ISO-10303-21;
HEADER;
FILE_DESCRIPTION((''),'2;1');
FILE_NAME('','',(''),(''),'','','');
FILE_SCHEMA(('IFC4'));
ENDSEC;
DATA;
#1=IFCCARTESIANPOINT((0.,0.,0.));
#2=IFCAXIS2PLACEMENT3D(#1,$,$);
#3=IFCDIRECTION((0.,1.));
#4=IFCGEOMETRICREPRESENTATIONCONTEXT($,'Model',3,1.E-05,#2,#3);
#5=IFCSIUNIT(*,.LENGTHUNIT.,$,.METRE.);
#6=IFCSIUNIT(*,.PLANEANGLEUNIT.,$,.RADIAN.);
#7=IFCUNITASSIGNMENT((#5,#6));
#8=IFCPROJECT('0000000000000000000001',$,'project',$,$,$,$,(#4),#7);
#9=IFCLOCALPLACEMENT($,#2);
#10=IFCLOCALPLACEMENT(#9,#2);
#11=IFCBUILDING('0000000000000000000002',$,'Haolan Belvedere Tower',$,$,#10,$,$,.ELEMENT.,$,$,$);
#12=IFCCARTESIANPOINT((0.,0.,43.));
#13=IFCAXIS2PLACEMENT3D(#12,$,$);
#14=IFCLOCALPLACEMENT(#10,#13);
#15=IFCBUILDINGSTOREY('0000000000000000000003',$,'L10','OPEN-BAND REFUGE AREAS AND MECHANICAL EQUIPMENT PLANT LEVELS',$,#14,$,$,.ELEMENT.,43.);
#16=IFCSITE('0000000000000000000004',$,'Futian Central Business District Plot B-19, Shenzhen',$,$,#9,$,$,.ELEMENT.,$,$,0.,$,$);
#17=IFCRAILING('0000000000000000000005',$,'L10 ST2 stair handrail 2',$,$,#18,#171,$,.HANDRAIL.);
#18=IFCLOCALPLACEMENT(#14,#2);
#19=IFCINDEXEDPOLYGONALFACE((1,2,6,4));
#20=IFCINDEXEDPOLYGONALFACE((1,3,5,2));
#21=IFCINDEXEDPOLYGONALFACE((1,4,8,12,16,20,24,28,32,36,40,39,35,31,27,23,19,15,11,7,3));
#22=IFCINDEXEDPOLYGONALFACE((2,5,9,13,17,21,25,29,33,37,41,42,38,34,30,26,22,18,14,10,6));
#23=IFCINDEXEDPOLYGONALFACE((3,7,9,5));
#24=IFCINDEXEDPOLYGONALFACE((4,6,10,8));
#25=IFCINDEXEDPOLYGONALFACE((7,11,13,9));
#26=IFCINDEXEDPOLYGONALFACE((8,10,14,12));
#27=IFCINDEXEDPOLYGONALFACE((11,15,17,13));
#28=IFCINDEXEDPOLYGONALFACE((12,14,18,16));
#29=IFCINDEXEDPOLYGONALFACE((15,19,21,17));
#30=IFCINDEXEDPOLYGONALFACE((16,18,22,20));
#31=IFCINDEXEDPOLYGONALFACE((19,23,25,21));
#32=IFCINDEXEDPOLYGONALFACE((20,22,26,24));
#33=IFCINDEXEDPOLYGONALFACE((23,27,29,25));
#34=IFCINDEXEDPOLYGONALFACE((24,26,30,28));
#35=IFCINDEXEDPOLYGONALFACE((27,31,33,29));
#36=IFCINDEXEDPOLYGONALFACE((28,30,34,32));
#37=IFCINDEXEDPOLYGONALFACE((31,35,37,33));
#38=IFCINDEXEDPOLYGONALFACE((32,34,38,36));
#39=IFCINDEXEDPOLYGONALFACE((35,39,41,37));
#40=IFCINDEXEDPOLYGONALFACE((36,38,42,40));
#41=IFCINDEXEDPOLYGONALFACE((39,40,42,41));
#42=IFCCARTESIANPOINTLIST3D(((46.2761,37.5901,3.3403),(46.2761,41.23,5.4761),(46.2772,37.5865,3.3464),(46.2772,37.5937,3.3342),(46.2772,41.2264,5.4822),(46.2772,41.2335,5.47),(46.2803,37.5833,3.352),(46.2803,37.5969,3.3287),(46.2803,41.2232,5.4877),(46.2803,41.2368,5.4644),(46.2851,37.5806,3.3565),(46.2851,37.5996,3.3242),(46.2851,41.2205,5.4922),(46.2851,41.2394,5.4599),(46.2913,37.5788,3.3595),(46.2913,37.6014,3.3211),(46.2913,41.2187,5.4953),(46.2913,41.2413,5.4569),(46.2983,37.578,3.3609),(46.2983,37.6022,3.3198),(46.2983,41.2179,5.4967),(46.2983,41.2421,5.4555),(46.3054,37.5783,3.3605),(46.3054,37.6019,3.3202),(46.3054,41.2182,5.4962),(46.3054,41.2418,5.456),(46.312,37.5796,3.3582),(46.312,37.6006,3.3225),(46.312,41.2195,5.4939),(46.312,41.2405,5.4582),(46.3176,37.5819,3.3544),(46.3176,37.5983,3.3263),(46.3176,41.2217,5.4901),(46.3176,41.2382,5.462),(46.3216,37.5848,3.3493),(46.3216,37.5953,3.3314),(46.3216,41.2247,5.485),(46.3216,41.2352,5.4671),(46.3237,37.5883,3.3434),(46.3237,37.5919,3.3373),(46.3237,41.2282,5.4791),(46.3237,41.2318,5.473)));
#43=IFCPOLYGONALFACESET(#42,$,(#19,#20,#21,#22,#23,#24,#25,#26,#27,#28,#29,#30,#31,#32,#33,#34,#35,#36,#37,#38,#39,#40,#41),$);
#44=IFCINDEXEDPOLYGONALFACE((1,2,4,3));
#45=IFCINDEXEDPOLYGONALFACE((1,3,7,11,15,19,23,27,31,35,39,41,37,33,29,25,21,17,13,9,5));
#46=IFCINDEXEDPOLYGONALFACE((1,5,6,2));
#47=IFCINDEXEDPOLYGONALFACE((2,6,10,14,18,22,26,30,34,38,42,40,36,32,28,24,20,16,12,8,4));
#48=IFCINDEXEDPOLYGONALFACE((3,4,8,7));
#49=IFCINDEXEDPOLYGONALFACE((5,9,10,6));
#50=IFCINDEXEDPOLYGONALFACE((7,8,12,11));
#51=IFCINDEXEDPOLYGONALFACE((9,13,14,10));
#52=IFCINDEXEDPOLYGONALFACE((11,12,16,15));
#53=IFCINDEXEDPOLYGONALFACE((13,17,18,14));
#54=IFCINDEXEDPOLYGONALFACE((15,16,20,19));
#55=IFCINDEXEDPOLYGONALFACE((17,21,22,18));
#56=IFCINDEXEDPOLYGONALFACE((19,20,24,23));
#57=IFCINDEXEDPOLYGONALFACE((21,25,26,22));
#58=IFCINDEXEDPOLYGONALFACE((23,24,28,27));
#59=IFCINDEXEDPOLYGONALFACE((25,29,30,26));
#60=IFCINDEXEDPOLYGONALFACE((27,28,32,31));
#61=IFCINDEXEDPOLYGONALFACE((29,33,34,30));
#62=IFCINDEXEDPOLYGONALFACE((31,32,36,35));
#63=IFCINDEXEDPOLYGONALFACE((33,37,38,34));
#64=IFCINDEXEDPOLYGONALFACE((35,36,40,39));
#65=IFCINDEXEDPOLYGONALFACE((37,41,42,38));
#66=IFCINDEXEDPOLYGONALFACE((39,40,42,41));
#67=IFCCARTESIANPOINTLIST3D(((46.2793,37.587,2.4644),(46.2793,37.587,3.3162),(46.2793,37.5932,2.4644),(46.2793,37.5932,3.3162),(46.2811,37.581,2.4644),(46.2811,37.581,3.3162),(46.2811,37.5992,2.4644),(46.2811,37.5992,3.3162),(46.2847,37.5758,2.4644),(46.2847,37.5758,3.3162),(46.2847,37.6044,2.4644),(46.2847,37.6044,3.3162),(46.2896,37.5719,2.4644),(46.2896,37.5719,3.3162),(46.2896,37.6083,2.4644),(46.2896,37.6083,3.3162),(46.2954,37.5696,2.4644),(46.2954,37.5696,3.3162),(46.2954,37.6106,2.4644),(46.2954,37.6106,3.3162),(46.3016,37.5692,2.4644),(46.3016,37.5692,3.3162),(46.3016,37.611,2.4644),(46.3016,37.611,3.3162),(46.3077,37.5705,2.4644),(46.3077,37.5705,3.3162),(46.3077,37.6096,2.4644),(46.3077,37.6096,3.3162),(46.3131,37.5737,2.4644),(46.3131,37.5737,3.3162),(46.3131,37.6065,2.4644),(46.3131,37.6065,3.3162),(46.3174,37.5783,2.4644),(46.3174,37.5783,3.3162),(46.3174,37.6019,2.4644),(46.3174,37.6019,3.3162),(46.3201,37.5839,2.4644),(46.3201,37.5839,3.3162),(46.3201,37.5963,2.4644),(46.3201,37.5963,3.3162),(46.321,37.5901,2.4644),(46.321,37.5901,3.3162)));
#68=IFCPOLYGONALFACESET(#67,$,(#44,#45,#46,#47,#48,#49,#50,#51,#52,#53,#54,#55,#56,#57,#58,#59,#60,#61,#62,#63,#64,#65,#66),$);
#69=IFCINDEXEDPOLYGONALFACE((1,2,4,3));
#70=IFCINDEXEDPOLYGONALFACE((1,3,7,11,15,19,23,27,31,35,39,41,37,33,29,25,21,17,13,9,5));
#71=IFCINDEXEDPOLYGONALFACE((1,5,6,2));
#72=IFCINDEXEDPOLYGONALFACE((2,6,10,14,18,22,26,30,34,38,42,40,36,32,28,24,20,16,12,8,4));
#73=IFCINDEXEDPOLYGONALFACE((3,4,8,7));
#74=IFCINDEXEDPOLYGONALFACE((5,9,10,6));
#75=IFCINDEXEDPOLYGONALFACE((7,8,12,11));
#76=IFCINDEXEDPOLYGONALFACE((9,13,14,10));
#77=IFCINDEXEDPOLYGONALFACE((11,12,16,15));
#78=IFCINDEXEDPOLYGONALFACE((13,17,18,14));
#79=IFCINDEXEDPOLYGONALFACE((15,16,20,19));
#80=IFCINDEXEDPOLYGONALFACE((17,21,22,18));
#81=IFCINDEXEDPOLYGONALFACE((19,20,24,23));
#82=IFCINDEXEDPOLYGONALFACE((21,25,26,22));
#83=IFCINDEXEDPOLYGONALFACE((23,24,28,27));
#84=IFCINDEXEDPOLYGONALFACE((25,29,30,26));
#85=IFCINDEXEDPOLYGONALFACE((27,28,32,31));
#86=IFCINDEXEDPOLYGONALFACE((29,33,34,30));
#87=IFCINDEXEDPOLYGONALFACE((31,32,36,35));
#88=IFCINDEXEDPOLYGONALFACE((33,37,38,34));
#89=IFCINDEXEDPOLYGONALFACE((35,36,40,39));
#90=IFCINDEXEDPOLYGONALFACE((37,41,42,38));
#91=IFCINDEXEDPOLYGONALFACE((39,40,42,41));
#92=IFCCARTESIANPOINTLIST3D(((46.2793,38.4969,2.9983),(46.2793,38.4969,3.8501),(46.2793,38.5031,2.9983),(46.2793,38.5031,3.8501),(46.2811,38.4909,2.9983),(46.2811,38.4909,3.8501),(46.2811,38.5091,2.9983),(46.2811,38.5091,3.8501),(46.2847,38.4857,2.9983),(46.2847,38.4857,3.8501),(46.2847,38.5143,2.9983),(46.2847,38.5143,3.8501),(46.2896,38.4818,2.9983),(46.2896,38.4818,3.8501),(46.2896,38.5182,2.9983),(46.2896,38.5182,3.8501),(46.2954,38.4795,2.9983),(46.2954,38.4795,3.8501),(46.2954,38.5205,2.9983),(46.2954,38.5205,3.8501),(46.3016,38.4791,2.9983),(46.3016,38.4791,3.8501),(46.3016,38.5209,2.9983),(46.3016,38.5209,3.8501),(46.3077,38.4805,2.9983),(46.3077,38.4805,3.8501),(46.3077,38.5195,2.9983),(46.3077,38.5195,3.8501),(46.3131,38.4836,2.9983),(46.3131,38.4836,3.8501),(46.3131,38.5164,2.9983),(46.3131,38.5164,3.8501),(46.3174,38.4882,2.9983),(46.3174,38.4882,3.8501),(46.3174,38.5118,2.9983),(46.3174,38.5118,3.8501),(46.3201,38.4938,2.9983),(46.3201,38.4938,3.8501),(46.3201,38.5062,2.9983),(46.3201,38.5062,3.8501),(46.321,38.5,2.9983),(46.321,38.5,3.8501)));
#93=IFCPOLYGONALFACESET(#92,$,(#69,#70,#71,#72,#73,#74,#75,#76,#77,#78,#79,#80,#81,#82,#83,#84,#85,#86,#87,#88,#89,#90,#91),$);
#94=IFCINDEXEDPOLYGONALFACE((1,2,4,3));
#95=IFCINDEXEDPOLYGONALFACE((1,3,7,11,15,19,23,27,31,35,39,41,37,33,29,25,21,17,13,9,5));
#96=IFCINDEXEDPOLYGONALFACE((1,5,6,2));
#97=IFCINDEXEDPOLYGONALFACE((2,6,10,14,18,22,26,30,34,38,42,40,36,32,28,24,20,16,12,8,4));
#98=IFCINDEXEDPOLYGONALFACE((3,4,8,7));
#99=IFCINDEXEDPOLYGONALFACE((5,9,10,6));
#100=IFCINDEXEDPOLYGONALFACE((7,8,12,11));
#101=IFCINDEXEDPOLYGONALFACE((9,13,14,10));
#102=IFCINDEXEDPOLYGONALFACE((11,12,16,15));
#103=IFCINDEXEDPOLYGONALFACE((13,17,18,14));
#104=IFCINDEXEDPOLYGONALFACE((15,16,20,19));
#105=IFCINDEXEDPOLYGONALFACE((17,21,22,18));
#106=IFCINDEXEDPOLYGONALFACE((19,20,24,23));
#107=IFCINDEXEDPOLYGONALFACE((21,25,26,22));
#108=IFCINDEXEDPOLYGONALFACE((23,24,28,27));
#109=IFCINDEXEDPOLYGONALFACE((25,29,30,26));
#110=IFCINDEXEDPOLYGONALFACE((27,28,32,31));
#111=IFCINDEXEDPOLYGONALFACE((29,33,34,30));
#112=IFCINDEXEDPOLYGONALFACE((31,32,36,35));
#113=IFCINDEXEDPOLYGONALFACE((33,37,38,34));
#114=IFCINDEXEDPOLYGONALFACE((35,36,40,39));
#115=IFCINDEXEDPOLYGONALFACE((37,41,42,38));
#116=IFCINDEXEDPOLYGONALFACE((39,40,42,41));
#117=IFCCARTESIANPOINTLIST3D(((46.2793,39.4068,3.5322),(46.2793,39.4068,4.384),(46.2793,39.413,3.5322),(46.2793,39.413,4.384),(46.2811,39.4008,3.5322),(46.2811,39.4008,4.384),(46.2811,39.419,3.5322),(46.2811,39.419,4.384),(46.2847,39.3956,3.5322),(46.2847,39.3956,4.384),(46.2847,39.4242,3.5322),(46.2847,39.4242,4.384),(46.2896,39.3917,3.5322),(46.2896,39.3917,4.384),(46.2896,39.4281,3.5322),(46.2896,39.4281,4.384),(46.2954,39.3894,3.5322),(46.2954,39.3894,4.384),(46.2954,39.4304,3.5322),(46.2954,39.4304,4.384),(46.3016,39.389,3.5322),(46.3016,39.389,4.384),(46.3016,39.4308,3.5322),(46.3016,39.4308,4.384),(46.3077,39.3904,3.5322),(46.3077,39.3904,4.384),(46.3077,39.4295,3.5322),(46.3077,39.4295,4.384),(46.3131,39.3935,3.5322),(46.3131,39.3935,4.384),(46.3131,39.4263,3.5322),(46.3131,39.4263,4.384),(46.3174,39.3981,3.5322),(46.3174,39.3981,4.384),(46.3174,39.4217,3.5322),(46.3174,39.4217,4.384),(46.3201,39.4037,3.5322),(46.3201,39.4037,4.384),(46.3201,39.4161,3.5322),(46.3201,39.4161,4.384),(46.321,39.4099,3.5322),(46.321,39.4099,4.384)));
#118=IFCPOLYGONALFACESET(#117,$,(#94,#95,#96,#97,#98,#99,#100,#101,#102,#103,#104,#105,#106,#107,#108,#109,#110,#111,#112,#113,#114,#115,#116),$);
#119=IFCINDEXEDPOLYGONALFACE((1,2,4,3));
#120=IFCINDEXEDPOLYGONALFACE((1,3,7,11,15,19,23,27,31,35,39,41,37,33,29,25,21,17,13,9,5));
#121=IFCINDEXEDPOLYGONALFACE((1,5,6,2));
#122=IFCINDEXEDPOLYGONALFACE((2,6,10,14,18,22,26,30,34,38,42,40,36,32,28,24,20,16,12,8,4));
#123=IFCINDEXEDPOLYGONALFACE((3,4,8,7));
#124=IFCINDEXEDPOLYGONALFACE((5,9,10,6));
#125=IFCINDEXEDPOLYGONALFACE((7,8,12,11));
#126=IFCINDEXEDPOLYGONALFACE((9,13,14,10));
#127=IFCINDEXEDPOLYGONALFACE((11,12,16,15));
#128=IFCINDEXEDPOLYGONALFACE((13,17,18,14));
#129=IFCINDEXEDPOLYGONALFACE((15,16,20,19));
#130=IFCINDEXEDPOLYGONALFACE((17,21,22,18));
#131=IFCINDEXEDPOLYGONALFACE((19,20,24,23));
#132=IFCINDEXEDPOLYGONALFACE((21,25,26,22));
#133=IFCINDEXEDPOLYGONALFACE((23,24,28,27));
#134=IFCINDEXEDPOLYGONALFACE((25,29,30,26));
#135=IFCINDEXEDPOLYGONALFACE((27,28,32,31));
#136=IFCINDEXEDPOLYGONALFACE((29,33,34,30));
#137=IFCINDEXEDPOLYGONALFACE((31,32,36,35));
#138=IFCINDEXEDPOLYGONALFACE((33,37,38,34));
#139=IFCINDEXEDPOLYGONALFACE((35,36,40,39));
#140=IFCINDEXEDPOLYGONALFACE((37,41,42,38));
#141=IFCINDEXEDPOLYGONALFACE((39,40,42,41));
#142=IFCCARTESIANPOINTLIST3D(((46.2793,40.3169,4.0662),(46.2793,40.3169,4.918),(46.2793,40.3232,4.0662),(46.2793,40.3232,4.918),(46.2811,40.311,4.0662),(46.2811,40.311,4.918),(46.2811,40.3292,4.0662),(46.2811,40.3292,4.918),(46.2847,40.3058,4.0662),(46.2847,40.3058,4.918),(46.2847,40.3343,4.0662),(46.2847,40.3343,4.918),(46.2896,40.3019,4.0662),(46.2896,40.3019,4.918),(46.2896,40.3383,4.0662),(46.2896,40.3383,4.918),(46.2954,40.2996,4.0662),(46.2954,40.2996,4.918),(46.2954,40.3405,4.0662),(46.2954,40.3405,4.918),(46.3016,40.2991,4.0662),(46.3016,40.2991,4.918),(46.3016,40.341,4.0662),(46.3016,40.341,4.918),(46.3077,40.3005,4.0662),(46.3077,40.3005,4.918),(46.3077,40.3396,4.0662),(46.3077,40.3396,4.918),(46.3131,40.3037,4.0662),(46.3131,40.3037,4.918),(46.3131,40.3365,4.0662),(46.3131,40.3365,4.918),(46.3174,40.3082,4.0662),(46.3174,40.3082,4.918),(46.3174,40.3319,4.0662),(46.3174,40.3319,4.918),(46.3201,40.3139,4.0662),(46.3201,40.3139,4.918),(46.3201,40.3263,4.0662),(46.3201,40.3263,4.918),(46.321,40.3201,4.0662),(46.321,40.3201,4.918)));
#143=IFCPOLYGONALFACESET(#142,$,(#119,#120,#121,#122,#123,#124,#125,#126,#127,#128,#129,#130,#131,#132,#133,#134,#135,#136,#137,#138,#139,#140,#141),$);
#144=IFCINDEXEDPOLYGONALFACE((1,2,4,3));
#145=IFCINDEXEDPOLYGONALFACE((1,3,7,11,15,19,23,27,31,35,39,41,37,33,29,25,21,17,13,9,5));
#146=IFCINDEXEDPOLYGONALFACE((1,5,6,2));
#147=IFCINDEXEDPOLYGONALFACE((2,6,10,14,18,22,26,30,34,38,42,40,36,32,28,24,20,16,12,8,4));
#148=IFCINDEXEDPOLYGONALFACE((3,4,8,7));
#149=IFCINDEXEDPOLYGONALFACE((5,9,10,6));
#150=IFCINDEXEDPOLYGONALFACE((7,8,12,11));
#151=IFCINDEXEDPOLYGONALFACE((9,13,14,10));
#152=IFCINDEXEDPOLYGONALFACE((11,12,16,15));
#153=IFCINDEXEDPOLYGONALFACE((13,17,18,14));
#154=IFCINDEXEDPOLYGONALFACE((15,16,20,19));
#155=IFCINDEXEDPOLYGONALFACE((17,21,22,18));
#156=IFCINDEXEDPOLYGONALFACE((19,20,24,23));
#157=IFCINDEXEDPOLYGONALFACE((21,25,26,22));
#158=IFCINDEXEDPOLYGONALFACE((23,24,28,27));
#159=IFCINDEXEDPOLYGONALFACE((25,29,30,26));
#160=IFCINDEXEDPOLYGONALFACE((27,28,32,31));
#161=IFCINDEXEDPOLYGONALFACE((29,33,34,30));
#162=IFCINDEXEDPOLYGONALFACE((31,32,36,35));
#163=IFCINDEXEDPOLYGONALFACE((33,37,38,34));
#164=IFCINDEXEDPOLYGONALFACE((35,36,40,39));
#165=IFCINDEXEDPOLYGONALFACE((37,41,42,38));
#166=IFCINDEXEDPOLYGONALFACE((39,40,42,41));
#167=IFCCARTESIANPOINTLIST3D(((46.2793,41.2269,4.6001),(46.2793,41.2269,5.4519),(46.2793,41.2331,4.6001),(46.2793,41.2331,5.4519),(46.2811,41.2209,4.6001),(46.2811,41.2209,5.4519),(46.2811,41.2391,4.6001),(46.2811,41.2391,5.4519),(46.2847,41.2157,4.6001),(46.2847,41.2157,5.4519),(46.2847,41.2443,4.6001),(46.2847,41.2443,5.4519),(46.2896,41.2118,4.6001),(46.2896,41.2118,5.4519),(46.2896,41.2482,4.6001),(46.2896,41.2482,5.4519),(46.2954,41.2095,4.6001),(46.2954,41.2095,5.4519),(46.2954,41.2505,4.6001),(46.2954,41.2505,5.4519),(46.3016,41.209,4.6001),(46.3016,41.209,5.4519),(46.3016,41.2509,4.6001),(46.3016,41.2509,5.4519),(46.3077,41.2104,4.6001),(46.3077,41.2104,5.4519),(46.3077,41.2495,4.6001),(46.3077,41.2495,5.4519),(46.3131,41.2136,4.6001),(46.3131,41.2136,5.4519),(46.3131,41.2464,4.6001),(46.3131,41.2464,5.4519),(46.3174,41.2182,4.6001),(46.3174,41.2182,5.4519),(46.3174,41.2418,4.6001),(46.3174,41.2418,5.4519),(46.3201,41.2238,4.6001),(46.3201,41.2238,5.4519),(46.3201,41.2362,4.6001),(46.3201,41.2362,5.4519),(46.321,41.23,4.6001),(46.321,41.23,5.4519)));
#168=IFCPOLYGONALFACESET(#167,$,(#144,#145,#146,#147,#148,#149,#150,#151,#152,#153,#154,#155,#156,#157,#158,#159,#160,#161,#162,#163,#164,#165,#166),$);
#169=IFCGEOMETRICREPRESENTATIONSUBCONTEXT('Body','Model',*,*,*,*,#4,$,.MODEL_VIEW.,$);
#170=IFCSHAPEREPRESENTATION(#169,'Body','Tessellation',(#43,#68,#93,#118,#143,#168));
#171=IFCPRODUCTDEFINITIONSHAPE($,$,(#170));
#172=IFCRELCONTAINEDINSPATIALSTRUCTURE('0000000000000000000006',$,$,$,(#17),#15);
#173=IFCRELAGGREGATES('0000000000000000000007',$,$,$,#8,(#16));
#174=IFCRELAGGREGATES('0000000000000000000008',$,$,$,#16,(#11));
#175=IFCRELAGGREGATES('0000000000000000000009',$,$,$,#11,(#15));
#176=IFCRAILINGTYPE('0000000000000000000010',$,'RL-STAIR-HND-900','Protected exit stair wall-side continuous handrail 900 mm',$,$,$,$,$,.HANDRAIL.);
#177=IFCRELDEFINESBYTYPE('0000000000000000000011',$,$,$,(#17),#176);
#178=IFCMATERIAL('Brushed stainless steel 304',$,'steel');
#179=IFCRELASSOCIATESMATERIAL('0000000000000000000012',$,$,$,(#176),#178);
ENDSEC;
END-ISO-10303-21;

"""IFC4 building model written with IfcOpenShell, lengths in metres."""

from ifc_helpers import new_model, si_unit, direction, frame, origin, origin_2d, place, context, subcontext, project, spatial, circle, extrude, material, type_object, element, save


model = new_model("IFC4")

# Units and contexts
model_context = context("Model", 3, precision=1e-05, world=origin(), true_north=direction((0.0, 1.0)))
body_context = subcontext(model_context, "Body", "Model", "MODEL_VIEW")
ifc_project = project(units=[si_unit("LENGTHUNIT", "METRE"), si_unit("PLANEANGLEUNIT", "RADIAN")], contexts=[model_context])

# Site, building, storey
site_placement = place(None, origin())
site = spatial("IfcSite", under=ifc_project, at=site_placement, Name="Futian Central Business District Plot B-19, Shenzhen", CompositionType="ELEMENT", RefElevation=0.0)
building_placement = place(site_placement, origin())
building = spatial("IfcBuilding", under=site, at=building_placement, Name="Haolan Belvedere Tower", CompositionType="ELEMENT")
storey_placement = place(building_placement, frame((0.0, 0.0, 43.0)))
storey = spatial("IfcBuildingStorey", under=building, at=storey_placement, Name="L10", Description="OPEN-BAND REFUGE AREAS AND MECHANICAL EQUIPMENT PLANT LEVELS", CompositionType="ELEMENT", Elevation=43.0)

# Railing
ifc_material_1 = material(Name="Brushed stainless steel 304", Category="steel")
railing_type_1 = type_object("IfcRailingType", Name="RL-STAIR-HND-900", Description="Protected exit stair wall-side continuous handrail 900 mm", PredefinedType="HANDRAIL", material=ifc_material_1)
for number, where, name in (
    (1, (46.3, 37.5901, 2.4644), "L10 ST2 stair handrail 2"),
):
    element("IfcRailing", number, at=place(storey_placement, frame(where)), inside=storey, type_object=railing_type_1, Name=name, PredefinedType="HANDRAIL", context=body_context, shape_type="SweptSolid", body=[
        extrude(circle(Radius=0.0239, at=origin_2d()), frame((0.0, 0.0, 0.876), z_axis=(0.0, 0.86249, 0.506074), x_axis=(-1.0, 0.0, 0.0)), (0.0, 0.0, 1.0), 4.2202),
        extrude(circle(Radius=0.021, at=origin_2d()), origin(), (0.0, 0.0, 1.0), 0.8518),
        extrude(circle(Radius=0.021, at=origin_2d()), frame((0.0, 0.9099, 0.5339)), (0.0, 0.0, 1.0), 0.8518),
        extrude(circle(Radius=0.021, at=origin_2d()), frame((0.0, 1.8198, 1.0679)), (0.0, 0.0, 1.0), 0.8518),
        extrude(circle(Radius=0.021, at=origin_2d()), frame((0.0, 2.73, 1.6018)), (0.0, 0.0, 1.0), 0.8518),
        extrude(circle(Radius=0.021, at=origin_2d()), frame((0.0, 3.6399, 2.1357)), (0.0, 0.0, 1.0), 0.8518),
    ])

save(model, "model.ifc")
